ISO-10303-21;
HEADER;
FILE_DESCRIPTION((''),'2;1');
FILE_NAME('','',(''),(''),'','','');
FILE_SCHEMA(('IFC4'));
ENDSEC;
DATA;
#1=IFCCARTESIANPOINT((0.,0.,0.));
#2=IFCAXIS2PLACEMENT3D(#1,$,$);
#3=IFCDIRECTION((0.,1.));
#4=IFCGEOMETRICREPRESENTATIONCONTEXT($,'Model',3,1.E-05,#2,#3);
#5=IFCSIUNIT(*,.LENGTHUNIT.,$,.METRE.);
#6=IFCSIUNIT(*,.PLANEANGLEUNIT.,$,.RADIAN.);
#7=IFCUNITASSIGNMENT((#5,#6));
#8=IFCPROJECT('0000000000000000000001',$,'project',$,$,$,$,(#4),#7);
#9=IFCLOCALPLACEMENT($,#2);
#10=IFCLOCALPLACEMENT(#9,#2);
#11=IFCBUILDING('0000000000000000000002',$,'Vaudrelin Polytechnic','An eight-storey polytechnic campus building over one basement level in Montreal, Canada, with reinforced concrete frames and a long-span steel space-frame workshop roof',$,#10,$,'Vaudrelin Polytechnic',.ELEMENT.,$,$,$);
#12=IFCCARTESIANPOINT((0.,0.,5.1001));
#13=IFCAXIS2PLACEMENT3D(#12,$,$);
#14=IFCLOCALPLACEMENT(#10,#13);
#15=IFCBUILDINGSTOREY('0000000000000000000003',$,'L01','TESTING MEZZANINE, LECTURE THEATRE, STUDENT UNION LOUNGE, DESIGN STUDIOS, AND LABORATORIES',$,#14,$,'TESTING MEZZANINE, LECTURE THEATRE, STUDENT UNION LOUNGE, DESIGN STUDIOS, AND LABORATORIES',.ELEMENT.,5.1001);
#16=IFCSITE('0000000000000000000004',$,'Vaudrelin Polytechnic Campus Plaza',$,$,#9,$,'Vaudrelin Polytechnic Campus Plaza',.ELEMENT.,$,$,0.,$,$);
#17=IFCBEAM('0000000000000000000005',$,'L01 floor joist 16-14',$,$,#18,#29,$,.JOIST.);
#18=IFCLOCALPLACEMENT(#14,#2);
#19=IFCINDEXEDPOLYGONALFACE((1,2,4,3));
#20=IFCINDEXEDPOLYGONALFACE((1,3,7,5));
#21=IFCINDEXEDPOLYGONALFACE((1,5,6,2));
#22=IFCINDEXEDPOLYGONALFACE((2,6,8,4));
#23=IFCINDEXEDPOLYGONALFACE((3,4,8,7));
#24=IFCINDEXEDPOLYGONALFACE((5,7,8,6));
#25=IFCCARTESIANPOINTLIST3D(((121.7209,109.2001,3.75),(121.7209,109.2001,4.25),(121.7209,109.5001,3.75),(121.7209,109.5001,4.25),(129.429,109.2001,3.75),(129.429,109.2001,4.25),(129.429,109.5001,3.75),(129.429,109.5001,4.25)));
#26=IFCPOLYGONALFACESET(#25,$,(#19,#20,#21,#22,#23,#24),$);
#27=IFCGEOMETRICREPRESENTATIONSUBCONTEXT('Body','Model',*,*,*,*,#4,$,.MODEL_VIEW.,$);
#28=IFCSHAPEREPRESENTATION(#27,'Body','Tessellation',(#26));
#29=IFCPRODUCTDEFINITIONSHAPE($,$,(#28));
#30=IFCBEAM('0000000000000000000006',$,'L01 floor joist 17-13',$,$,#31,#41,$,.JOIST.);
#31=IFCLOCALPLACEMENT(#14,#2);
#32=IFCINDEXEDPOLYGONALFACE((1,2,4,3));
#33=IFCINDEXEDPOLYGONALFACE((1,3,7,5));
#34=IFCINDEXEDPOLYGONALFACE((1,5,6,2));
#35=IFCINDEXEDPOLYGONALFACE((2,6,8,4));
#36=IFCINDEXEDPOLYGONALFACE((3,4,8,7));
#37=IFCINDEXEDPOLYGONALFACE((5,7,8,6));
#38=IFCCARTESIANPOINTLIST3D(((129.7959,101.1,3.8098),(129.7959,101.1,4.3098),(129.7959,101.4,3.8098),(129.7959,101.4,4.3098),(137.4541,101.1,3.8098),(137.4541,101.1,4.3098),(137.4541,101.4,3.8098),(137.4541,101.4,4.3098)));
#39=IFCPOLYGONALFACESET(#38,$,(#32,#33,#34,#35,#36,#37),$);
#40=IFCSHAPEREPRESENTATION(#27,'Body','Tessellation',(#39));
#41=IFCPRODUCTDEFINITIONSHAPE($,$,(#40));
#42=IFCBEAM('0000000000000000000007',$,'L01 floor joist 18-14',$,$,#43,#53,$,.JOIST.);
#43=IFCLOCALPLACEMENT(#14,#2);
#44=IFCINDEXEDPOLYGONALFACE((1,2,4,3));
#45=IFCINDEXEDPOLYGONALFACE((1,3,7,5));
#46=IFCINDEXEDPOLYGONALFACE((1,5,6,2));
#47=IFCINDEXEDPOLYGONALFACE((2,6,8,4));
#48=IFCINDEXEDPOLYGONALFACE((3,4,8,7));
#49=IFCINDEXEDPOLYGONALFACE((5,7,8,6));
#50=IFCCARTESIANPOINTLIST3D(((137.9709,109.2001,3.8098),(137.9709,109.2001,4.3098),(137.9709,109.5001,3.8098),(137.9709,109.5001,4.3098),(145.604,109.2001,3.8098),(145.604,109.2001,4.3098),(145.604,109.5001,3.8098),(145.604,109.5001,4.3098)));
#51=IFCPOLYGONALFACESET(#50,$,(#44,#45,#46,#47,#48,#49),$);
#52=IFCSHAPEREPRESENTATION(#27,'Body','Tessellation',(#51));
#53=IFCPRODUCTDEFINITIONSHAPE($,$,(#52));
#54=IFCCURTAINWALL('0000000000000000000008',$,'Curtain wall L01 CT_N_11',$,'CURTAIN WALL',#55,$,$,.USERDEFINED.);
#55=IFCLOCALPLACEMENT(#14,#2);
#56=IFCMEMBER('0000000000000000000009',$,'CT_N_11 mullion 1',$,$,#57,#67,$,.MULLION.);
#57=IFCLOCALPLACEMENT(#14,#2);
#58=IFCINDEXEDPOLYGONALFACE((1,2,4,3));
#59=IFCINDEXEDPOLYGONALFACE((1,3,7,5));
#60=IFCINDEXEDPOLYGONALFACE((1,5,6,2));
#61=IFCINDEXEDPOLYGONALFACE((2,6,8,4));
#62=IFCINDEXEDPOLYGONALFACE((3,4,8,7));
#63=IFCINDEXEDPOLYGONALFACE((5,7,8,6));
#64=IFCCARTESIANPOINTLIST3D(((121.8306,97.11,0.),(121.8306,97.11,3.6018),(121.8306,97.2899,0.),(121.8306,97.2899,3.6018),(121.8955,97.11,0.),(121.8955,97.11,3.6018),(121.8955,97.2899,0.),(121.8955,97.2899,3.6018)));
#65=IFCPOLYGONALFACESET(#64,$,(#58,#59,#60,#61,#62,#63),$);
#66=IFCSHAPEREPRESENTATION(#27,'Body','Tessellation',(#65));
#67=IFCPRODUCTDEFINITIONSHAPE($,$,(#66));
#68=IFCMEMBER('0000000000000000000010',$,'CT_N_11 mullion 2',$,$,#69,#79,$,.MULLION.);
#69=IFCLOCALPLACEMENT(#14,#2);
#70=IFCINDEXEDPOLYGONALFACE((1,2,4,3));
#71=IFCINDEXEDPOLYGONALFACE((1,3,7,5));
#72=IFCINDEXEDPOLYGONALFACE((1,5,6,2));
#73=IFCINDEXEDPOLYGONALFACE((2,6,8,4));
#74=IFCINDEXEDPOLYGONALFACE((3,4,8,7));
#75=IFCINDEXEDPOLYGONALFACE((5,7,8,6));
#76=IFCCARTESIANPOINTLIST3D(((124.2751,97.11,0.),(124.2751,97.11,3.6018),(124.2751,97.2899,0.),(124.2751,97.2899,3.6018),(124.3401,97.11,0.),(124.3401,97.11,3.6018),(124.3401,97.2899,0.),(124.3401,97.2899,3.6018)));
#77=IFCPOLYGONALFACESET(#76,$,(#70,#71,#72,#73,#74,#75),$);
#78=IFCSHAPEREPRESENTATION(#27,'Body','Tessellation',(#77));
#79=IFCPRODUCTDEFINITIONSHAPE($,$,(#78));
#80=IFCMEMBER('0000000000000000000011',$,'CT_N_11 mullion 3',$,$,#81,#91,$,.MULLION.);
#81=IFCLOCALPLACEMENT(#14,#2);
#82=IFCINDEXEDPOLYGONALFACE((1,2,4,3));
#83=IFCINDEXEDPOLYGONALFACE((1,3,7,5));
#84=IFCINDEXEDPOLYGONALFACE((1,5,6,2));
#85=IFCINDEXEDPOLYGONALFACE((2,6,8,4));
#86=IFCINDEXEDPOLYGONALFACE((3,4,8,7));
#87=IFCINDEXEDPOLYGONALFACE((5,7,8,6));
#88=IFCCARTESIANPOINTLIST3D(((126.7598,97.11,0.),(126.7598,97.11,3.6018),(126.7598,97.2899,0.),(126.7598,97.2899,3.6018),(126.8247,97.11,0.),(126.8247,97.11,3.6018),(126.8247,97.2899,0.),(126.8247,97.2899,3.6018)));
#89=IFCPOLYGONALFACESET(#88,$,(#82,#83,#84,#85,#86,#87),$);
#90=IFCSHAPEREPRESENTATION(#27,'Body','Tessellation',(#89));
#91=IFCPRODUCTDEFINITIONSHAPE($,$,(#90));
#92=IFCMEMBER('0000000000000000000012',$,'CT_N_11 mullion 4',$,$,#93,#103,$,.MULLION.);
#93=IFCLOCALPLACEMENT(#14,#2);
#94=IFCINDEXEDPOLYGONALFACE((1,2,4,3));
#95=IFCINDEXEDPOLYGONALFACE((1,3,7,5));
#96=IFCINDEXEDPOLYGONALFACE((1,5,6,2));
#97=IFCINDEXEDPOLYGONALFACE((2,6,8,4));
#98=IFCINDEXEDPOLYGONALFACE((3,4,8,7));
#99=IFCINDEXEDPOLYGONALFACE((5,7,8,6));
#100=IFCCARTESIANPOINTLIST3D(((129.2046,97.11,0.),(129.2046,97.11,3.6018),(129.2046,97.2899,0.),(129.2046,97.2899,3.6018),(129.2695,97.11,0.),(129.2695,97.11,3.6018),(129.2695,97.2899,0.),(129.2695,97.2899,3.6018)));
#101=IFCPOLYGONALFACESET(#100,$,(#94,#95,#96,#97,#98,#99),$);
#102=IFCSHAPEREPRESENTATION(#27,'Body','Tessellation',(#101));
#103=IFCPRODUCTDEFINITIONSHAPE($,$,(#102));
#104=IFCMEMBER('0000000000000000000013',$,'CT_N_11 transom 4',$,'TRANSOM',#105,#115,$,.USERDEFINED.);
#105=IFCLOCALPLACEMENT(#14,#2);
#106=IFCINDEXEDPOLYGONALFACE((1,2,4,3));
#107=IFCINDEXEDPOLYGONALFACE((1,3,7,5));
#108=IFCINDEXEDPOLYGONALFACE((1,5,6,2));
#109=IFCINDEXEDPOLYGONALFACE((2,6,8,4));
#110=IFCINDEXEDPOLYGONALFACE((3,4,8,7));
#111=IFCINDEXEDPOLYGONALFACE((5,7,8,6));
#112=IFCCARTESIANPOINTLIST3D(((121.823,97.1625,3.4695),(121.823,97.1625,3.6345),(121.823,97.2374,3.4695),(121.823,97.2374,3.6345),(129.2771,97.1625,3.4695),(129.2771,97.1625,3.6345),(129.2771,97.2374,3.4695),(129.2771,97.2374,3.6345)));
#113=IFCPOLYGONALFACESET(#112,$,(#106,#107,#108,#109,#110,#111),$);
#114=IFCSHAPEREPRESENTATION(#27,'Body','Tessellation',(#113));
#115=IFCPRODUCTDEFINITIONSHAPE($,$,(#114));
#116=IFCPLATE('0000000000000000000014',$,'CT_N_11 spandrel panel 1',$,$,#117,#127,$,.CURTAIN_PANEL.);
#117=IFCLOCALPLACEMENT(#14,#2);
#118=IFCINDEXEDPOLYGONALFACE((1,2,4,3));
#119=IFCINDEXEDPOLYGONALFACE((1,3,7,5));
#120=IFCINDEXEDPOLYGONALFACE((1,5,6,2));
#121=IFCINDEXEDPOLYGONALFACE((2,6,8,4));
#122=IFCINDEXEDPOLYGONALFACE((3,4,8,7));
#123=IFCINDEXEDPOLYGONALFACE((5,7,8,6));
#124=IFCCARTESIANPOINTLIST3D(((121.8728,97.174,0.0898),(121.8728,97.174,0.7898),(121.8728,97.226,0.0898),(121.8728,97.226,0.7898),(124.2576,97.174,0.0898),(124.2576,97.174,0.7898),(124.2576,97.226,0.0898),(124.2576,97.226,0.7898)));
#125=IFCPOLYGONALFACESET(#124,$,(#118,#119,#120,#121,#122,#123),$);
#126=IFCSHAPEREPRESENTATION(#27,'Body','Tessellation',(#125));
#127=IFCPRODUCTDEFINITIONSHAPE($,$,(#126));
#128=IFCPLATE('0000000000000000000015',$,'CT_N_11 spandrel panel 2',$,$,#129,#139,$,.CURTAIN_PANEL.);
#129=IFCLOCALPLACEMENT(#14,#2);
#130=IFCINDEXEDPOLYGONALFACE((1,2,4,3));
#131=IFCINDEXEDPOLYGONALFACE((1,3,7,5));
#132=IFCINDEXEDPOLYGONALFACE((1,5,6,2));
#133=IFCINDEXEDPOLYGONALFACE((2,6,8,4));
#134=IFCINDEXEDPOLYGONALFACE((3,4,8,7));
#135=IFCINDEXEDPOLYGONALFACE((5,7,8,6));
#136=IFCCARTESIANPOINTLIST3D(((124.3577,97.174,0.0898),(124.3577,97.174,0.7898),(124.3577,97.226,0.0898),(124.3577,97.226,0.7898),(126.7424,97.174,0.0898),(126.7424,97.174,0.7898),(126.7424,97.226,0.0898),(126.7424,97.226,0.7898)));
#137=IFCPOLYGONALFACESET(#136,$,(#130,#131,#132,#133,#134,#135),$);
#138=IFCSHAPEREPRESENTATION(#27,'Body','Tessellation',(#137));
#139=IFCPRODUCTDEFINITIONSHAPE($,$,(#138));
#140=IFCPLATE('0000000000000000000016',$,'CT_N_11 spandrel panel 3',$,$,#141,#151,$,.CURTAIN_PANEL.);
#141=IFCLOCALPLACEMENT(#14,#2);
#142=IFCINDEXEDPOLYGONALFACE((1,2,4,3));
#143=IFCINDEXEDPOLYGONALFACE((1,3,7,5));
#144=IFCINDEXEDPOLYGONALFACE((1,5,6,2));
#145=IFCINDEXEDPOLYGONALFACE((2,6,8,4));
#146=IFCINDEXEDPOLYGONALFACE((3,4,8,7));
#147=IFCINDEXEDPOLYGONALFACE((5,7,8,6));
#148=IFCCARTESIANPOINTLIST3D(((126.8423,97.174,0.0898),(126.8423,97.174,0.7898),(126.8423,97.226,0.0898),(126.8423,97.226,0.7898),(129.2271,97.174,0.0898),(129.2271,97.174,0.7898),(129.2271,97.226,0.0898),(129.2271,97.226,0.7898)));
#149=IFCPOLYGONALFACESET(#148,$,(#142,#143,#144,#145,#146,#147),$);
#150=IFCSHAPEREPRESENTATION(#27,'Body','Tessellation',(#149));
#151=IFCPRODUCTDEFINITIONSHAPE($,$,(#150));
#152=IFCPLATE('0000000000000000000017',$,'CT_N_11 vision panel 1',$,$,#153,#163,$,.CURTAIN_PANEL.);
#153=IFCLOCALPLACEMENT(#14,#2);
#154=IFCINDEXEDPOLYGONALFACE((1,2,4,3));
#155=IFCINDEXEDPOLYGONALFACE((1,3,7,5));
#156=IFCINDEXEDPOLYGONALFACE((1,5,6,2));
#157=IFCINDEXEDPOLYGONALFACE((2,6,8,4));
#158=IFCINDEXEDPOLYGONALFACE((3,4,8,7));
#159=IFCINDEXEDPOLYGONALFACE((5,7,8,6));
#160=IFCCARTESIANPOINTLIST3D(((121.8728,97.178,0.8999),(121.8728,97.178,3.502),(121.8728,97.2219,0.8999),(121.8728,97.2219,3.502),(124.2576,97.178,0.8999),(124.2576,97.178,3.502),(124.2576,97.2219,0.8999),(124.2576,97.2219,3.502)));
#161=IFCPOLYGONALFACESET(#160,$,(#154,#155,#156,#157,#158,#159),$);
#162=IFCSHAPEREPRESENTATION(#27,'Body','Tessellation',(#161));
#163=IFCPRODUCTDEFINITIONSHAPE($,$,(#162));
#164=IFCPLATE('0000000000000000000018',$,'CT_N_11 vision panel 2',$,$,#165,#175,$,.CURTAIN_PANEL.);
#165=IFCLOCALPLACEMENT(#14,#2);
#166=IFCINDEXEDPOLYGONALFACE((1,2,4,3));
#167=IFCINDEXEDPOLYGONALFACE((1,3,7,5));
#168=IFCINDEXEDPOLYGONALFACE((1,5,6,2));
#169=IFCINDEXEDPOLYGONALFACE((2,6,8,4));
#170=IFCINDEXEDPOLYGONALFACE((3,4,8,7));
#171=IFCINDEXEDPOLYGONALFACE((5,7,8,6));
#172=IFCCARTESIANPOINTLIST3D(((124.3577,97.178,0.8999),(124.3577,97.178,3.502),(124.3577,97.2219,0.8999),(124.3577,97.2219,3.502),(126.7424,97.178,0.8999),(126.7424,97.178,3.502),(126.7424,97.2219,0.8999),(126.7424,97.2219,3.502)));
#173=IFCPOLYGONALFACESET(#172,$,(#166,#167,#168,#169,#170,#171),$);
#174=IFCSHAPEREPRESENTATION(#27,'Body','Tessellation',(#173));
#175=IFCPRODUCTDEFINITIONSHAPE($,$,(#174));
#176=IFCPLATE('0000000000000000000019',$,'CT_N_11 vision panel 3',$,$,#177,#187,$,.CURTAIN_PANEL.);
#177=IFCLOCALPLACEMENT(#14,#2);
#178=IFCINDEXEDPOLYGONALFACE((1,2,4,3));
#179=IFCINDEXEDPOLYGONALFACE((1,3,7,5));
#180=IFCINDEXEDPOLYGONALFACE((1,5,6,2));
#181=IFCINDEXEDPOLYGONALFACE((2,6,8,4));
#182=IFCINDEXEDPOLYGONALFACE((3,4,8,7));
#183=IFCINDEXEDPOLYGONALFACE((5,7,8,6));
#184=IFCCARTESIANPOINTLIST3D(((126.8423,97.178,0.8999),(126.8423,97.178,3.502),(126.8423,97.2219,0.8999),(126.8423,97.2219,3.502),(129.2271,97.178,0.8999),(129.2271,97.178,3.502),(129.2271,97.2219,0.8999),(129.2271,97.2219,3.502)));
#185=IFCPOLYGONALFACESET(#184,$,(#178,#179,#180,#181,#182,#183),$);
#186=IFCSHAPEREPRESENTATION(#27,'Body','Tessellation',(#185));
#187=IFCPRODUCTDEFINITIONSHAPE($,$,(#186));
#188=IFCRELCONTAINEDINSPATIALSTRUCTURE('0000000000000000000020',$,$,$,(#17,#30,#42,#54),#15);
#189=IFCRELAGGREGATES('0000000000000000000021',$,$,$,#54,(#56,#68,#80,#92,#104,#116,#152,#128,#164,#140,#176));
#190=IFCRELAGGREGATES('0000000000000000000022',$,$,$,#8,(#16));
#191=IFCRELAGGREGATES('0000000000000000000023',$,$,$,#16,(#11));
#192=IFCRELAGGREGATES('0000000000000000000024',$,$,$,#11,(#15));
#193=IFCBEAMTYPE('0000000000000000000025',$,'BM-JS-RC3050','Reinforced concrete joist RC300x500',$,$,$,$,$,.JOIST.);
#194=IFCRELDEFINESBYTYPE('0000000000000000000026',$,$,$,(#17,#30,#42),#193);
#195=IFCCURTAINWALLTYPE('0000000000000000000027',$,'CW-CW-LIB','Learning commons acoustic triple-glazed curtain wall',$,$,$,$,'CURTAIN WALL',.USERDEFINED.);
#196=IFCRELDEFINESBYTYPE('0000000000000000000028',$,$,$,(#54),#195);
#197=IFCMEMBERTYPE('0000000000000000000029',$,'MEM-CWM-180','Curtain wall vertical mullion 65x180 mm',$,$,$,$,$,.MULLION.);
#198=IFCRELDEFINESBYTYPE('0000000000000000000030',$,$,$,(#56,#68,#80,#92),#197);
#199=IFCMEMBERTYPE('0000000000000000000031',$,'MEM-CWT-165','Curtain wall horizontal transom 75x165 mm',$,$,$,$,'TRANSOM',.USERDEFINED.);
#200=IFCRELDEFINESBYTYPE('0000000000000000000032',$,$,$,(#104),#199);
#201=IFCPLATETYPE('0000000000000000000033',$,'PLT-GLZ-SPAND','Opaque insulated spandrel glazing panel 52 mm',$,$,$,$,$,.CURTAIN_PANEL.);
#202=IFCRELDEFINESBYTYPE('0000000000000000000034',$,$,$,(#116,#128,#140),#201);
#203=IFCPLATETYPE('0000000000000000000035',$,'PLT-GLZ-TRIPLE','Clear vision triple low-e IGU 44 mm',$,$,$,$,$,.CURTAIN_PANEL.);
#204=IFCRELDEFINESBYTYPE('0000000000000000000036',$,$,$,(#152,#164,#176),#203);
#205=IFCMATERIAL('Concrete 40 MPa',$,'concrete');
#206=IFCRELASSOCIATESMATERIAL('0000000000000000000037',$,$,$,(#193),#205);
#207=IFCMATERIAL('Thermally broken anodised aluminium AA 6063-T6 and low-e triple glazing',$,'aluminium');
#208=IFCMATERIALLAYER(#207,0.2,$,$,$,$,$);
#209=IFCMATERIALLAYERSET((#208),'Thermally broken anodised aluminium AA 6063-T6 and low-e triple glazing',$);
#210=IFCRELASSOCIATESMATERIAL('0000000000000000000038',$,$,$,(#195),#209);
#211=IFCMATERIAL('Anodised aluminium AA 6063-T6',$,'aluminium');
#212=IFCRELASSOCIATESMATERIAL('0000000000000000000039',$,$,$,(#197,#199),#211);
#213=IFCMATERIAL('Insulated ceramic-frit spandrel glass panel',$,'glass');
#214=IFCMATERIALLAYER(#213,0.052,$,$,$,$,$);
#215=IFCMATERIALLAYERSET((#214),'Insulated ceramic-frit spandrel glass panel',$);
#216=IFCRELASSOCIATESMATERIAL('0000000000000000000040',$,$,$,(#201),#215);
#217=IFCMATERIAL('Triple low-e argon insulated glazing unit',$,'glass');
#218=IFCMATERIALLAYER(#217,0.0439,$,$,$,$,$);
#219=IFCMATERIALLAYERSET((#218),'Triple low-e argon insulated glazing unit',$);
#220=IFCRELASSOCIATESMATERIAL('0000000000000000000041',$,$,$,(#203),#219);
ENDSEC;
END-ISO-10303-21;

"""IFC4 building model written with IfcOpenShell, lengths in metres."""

from ifc_helpers import new_model, si_unit, direction, frame, origin, origin_2d, place, context, subcontext, project, spatial, rectangle, extrude, material, layer, layer_set, material_profile, profile_set, type_object, element, aggregate, save


model = new_model("IFC4")

# Units and contexts
model_context = context("Model", 3, precision=1e-05, world=origin(), true_north=direction((0.0, 1.0)))
body_context = subcontext(model_context, "Body", "Model", "MODEL_VIEW")
ifc_project = project(units=[si_unit("LENGTHUNIT", "METRE"), si_unit("PLANEANGLEUNIT", "RADIAN")], contexts=[model_context])

# Site, building, storey
site_placement = place(None, origin())
site = spatial("IfcSite", under=ifc_project, at=site_placement, Name="Vaudrelin Polytechnic Campus Plaza", LongName="Vaudrelin Polytechnic Campus Plaza", CompositionType="ELEMENT", RefElevation=0.0)
building_placement = place(site_placement, origin())
building = spatial("IfcBuilding", under=site, at=building_placement, Name="Vaudrelin Polytechnic", Description="An eight-storey polytechnic campus building over one basement level in Montreal, Canada, with reinforced concrete frames and a long-span steel space-frame workshop roof", LongName="Vaudrelin Polytechnic", CompositionType="ELEMENT")
storey_placement = place(building_placement, frame((0.0, 0.0, 5.1001)))
storey = spatial("IfcBuildingStorey", under=building, at=storey_placement, Name="L01", Description="TESTING MEZZANINE, LECTURE THEATRE, STUDENT UNION LOUNGE, DESIGN STUDIOS, AND LABORATORIES", LongName="TESTING MEZZANINE, LECTURE THEATRE, STUDENT UNION LOUNGE, DESIGN STUDIOS, AND LABORATORIES", CompositionType="ELEMENT", Elevation=5.1001)

# Shared definitions
ifc_material_1 = material(Name="Concrete 40 MPa", Category="concrete")

# Beams
ifc_material_profile_1 = material_profile(ifc_material_1, rectangle(XDim=0.3, YDim=0.5, at=origin_2d()), Name="RC300x500")
ifc_profile_set_1 = profile_set([ifc_material_profile_1], Name="Concrete 40 MPa")
beam_type_1 = type_object("IfcBeamType", Name="BM-JS-RC3050", Description="Reinforced concrete joist RC300x500", PredefinedType="JOIST", material=ifc_profile_set_1)
beam_1_placement = place(storey_placement, frame((121.7209, 109.3501, 4.0), z_axis=(1.0, 0.0, 0.0), x_axis=(0.0, 1.0, 0.0)))
element("IfcBeam", 1, at=beam_1_placement, inside=storey, type_object=beam_type_1, Name="L01 floor joist 16-14", PredefinedType="JOIST", context=body_context, shape_type="SweptSolid", body=[
    extrude(rectangle(XDim=0.3, YDim=0.5, at=origin_2d()), origin(), (0.0, 0.0, 1.0), 7.708),
])
beam_2_placement = place(storey_placement, frame((129.7959, 101.25, 4.0598), z_axis=(1.0, 0.0, 0.0), x_axis=(0.0, 1.0, 0.0)))
element("IfcBeam", 2, at=beam_2_placement, inside=storey, type_object=beam_type_1, Name="L01 floor joist 17-13", PredefinedType="JOIST", context=body_context, shape_type="SweptSolid", body=[
    extrude(rectangle(XDim=0.3, YDim=0.5, at=origin_2d()), origin(), (0.0, 0.0, 1.0), 7.6582),
])
beam_3_placement = place(storey_placement, frame((137.9709, 109.3501, 4.0598), z_axis=(1.0, 0.0, 0.0), x_axis=(0.0, 1.0, 0.0)))
element("IfcBeam", 3, at=beam_3_placement, inside=storey, type_object=beam_type_1, Name="L01 floor joist 18-14", PredefinedType="JOIST", context=body_context, shape_type="SweptSolid", body=[
    extrude(rectangle(XDim=0.3, YDim=0.5, at=origin_2d()), origin(), (0.0, 0.0, 1.0), 7.6331),
])

# Curtain wall, members, plates
ifc_material_2 = material(Name="Thermally broken anodised aluminium AA 6063-T6 and low-e triple glazing", Category="aluminium")
ifc_layer_1 = layer(ifc_material_2, 0.2)
ifc_layer_set_1 = layer_set([ifc_layer_1], Name="Thermally broken anodised aluminium AA 6063-T6 and low-e triple glazing")
curtain_wall_type = type_object("IfcCurtainWallType", Name="CW-CW-LIB", Description="Learning commons acoustic triple-glazed curtain wall", ElementType="CURTAIN WALL", PredefinedType="USERDEFINED", material=ifc_layer_set_1)
curtain_wall_placement = place(storey_placement, origin())
curtain_wall = element("IfcCurtainWall", 4, at=curtain_wall_placement, inside=storey, type_object=curtain_wall_type, Name="Curtain wall L01 CT_N_11", ObjectType="CURTAIN WALL", PredefinedType="USERDEFINED")
ifc_material_3 = material(Name="Anodised aluminium AA 6063-T6", Category="aluminium")
ifc_material_profile_2 = material_profile(ifc_material_3, rectangle(XDim=0.0649, YDim=0.1799, at=origin_2d()), Name="CWM-65x180")
ifc_profile_set_2 = profile_set([ifc_material_profile_2], Name="Anodised aluminium AA 6063-T6")
member_type_1 = type_object("IfcMemberType", Name="MEM-CWM-180", Description="Curtain wall vertical mullion 65x180 mm", PredefinedType="MULLION", material=ifc_profile_set_2)
member_1_placement = place(storey_placement, frame((121.863, 97.2, 0.0), z_axis=(0.0, 0.0, 1.0), x_axis=(1.0, 0.0, 0.0)))
member_1 = element("IfcMember", 5, at=member_1_placement, type_object=member_type_1, Name="CT_N_11 mullion 1", PredefinedType="MULLION", context=body_context, shape_type="SweptSolid", body=[
    extrude(rectangle(XDim=0.0649, YDim=0.1799, at=origin_2d()), origin(), (0.0, 0.0, 1.0), 3.6018),
])
member_2_placement = place(storey_placement, frame((124.3076, 97.2, 0.0), z_axis=(0.0, 0.0, 1.0), x_axis=(1.0, 0.0, 0.0)))
member_2 = element("IfcMember", 6, at=member_2_placement, type_object=member_type_1, Name="CT_N_11 mullion 2", PredefinedType="MULLION", context=body_context, shape_type="SweptSolid", body=[
    extrude(rectangle(XDim=0.0649, YDim=0.1799, at=origin_2d()), origin(), (0.0, 0.0, 1.0), 3.6018),
])
member_3_placement = place(storey_placement, frame((126.7922, 97.2, 0.0), z_axis=(0.0, 0.0, 1.0), x_axis=(1.0, 0.0, 0.0)))
member_3 = element("IfcMember", 7, at=member_3_placement, type_object=member_type_1, Name="CT_N_11 mullion 3", PredefinedType="MULLION", context=body_context, shape_type="SweptSolid", body=[
    extrude(rectangle(XDim=0.0649, YDim=0.1799, at=origin_2d()), origin(), (0.0, 0.0, 1.0), 3.6018),
])
member_4_placement = place(storey_placement, frame((129.2371, 97.2, 0.0), z_axis=(0.0, 0.0, 1.0), x_axis=(1.0, 0.0, 0.0)))
member_4 = element("IfcMember", 8, at=member_4_placement, type_object=member_type_1, Name="CT_N_11 mullion 4", PredefinedType="MULLION", context=body_context, shape_type="SweptSolid", body=[
    extrude(rectangle(XDim=0.0649, YDim=0.1799, at=origin_2d()), origin(), (0.0, 0.0, 1.0), 3.6018),
])
ifc_material_profile_3 = material_profile(ifc_material_3, rectangle(XDim=0.075, YDim=0.165, at=origin_2d()), Name="CWT-75x165")
ifc_profile_set_3 = profile_set([ifc_material_profile_3], Name="Anodised aluminium AA 6063-T6")
member_type_2 = type_object("IfcMemberType", Name="MEM-CWT-165", Description="Curtain wall horizontal transom 75x165 mm", ElementType="TRANSOM", PredefinedType="USERDEFINED", material=ifc_profile_set_3)
member_5_placement = place(storey_placement, frame((121.823, 97.2, 3.552), z_axis=(1.0, 0.0, 0.0), x_axis=(0.0, 1.0, 0.0)))
member_5 = element("IfcMember", 9, at=member_5_placement, type_object=member_type_2, Name="CT_N_11 transom 4", ObjectType="TRANSOM", PredefinedType="USERDEFINED", context=body_context, shape_type="SweptSolid", body=[
    extrude(rectangle(XDim=0.075, YDim=0.165, at=origin_2d()), origin(), (0.0, 0.0, 1.0), 7.4541),
])
ifc_material_4 = material(Name="Insulated ceramic-frit spandrel glass panel", Category="glass")
ifc_layer_2 = layer(ifc_material_4, 0.052)
ifc_layer_set_2 = layer_set([ifc_layer_2], Name="Insulated ceramic-frit spandrel glass panel")
plate_type_1 = type_object("IfcPlateType", Name="PLT-GLZ-SPAND", Description="Opaque insulated spandrel glazing panel 52 mm", PredefinedType="CURTAIN_PANEL", material=ifc_layer_set_2)
plate_1_placement = place(storey_placement, frame((123.0652, 97.2, 0.0898), z_axis=(0.0, 0.0, 1.0), x_axis=(1.0, 0.0, 0.0)))
plate_1 = element("IfcPlate", 10, at=plate_1_placement, type_object=plate_type_1, Name="CT_N_11 spandrel panel 1", PredefinedType="CURTAIN_PANEL", context=body_context, shape_type="SweptSolid", body=[
    extrude(rectangle(XDim=2.3848, YDim=0.052, at=origin_2d()), origin(), (0.0, 0.0, 1.0), 0.7),
])
plate_2_placement = place(storey_placement, frame((125.55, 97.2, 0.0898), z_axis=(0.0, 0.0, 1.0), x_axis=(1.0, 0.0, 0.0)))
plate_2 = element("IfcPlate", 11, at=plate_2_placement, type_object=plate_type_1, Name="CT_N_11 spandrel panel 2", PredefinedType="CURTAIN_PANEL", context=body_context, shape_type="SweptSolid", body=[
    extrude(rectangle(XDim=2.3848, YDim=0.052, at=origin_2d()), origin(), (0.0, 0.0, 1.0), 0.7),
])
plate_3_placement = place(storey_placement, frame((128.0347, 97.2, 0.0898), z_axis=(0.0, 0.0, 1.0), x_axis=(1.0, 0.0, 0.0)))
plate_3 = element("IfcPlate", 12, at=plate_3_placement, type_object=plate_type_1, Name="CT_N_11 spandrel panel 3", PredefinedType="CURTAIN_PANEL", context=body_context, shape_type="SweptSolid", body=[
    extrude(rectangle(XDim=2.3848, YDim=0.052, at=origin_2d()), origin(), (0.0, 0.0, 1.0), 0.7),
])
ifc_material_5 = material(Name="Triple low-e argon insulated glazing unit", Category="glass")
ifc_layer_3 = layer(ifc_material_5, 0.0439)
ifc_layer_set_3 = layer_set([ifc_layer_3], Name="Triple low-e argon insulated glazing unit")
plate_type_2 = type_object("IfcPlateType", Name="PLT-GLZ-TRIPLE", Description="Clear vision triple low-e IGU 44 mm", PredefinedType="CURTAIN_PANEL", material=ifc_layer_set_3)
plate_4_placement = place(storey_placement, frame((123.0652, 97.2, 0.8999), z_axis=(0.0, 0.0, 1.0), x_axis=(1.0, 0.0, 0.0)))
plate_4 = element("IfcPlate", 13, at=plate_4_placement, type_object=plate_type_2, Name="CT_N_11 vision panel 1", PredefinedType="CURTAIN_PANEL", context=body_context, shape_type="SweptSolid", body=[
    extrude(rectangle(XDim=2.3848, YDim=0.0439, at=origin_2d()), origin(), (0.0, 0.0, 1.0), 2.6021),
])
plate_5_placement = place(storey_placement, frame((125.55, 97.2, 0.8999), z_axis=(0.0, 0.0, 1.0), x_axis=(1.0, 0.0, 0.0)))
plate_5 = element("IfcPlate", 14, at=plate_5_placement, type_object=plate_type_2, Name="CT_N_11 vision panel 2", PredefinedType="CURTAIN_PANEL", context=body_context, shape_type="SweptSolid", body=[
    extrude(rectangle(XDim=2.3848, YDim=0.0439, at=origin_2d()), origin(), (0.0, 0.0, 1.0), 2.6021),
])
plate_6_placement = place(storey_placement, frame((128.0347, 97.2, 0.8999), z_axis=(0.0, 0.0, 1.0), x_axis=(1.0, 0.0, 0.0)))
plate_6 = element("IfcPlate", 15, at=plate_6_placement, type_object=plate_type_2, Name="CT_N_11 vision panel 3", PredefinedType="CURTAIN_PANEL", context=body_context, shape_type="SweptSolid", body=[
    extrude(rectangle(XDim=2.3848, YDim=0.0439, at=origin_2d()), origin(), (0.0, 0.0, 1.0), 2.6021),
])
aggregate(curtain_wall, [member_1, member_2, member_3, member_4, member_5, plate_1, plate_4, plate_2, plate_5, plate_3, plate_6])

save(model, "model.ifc")
